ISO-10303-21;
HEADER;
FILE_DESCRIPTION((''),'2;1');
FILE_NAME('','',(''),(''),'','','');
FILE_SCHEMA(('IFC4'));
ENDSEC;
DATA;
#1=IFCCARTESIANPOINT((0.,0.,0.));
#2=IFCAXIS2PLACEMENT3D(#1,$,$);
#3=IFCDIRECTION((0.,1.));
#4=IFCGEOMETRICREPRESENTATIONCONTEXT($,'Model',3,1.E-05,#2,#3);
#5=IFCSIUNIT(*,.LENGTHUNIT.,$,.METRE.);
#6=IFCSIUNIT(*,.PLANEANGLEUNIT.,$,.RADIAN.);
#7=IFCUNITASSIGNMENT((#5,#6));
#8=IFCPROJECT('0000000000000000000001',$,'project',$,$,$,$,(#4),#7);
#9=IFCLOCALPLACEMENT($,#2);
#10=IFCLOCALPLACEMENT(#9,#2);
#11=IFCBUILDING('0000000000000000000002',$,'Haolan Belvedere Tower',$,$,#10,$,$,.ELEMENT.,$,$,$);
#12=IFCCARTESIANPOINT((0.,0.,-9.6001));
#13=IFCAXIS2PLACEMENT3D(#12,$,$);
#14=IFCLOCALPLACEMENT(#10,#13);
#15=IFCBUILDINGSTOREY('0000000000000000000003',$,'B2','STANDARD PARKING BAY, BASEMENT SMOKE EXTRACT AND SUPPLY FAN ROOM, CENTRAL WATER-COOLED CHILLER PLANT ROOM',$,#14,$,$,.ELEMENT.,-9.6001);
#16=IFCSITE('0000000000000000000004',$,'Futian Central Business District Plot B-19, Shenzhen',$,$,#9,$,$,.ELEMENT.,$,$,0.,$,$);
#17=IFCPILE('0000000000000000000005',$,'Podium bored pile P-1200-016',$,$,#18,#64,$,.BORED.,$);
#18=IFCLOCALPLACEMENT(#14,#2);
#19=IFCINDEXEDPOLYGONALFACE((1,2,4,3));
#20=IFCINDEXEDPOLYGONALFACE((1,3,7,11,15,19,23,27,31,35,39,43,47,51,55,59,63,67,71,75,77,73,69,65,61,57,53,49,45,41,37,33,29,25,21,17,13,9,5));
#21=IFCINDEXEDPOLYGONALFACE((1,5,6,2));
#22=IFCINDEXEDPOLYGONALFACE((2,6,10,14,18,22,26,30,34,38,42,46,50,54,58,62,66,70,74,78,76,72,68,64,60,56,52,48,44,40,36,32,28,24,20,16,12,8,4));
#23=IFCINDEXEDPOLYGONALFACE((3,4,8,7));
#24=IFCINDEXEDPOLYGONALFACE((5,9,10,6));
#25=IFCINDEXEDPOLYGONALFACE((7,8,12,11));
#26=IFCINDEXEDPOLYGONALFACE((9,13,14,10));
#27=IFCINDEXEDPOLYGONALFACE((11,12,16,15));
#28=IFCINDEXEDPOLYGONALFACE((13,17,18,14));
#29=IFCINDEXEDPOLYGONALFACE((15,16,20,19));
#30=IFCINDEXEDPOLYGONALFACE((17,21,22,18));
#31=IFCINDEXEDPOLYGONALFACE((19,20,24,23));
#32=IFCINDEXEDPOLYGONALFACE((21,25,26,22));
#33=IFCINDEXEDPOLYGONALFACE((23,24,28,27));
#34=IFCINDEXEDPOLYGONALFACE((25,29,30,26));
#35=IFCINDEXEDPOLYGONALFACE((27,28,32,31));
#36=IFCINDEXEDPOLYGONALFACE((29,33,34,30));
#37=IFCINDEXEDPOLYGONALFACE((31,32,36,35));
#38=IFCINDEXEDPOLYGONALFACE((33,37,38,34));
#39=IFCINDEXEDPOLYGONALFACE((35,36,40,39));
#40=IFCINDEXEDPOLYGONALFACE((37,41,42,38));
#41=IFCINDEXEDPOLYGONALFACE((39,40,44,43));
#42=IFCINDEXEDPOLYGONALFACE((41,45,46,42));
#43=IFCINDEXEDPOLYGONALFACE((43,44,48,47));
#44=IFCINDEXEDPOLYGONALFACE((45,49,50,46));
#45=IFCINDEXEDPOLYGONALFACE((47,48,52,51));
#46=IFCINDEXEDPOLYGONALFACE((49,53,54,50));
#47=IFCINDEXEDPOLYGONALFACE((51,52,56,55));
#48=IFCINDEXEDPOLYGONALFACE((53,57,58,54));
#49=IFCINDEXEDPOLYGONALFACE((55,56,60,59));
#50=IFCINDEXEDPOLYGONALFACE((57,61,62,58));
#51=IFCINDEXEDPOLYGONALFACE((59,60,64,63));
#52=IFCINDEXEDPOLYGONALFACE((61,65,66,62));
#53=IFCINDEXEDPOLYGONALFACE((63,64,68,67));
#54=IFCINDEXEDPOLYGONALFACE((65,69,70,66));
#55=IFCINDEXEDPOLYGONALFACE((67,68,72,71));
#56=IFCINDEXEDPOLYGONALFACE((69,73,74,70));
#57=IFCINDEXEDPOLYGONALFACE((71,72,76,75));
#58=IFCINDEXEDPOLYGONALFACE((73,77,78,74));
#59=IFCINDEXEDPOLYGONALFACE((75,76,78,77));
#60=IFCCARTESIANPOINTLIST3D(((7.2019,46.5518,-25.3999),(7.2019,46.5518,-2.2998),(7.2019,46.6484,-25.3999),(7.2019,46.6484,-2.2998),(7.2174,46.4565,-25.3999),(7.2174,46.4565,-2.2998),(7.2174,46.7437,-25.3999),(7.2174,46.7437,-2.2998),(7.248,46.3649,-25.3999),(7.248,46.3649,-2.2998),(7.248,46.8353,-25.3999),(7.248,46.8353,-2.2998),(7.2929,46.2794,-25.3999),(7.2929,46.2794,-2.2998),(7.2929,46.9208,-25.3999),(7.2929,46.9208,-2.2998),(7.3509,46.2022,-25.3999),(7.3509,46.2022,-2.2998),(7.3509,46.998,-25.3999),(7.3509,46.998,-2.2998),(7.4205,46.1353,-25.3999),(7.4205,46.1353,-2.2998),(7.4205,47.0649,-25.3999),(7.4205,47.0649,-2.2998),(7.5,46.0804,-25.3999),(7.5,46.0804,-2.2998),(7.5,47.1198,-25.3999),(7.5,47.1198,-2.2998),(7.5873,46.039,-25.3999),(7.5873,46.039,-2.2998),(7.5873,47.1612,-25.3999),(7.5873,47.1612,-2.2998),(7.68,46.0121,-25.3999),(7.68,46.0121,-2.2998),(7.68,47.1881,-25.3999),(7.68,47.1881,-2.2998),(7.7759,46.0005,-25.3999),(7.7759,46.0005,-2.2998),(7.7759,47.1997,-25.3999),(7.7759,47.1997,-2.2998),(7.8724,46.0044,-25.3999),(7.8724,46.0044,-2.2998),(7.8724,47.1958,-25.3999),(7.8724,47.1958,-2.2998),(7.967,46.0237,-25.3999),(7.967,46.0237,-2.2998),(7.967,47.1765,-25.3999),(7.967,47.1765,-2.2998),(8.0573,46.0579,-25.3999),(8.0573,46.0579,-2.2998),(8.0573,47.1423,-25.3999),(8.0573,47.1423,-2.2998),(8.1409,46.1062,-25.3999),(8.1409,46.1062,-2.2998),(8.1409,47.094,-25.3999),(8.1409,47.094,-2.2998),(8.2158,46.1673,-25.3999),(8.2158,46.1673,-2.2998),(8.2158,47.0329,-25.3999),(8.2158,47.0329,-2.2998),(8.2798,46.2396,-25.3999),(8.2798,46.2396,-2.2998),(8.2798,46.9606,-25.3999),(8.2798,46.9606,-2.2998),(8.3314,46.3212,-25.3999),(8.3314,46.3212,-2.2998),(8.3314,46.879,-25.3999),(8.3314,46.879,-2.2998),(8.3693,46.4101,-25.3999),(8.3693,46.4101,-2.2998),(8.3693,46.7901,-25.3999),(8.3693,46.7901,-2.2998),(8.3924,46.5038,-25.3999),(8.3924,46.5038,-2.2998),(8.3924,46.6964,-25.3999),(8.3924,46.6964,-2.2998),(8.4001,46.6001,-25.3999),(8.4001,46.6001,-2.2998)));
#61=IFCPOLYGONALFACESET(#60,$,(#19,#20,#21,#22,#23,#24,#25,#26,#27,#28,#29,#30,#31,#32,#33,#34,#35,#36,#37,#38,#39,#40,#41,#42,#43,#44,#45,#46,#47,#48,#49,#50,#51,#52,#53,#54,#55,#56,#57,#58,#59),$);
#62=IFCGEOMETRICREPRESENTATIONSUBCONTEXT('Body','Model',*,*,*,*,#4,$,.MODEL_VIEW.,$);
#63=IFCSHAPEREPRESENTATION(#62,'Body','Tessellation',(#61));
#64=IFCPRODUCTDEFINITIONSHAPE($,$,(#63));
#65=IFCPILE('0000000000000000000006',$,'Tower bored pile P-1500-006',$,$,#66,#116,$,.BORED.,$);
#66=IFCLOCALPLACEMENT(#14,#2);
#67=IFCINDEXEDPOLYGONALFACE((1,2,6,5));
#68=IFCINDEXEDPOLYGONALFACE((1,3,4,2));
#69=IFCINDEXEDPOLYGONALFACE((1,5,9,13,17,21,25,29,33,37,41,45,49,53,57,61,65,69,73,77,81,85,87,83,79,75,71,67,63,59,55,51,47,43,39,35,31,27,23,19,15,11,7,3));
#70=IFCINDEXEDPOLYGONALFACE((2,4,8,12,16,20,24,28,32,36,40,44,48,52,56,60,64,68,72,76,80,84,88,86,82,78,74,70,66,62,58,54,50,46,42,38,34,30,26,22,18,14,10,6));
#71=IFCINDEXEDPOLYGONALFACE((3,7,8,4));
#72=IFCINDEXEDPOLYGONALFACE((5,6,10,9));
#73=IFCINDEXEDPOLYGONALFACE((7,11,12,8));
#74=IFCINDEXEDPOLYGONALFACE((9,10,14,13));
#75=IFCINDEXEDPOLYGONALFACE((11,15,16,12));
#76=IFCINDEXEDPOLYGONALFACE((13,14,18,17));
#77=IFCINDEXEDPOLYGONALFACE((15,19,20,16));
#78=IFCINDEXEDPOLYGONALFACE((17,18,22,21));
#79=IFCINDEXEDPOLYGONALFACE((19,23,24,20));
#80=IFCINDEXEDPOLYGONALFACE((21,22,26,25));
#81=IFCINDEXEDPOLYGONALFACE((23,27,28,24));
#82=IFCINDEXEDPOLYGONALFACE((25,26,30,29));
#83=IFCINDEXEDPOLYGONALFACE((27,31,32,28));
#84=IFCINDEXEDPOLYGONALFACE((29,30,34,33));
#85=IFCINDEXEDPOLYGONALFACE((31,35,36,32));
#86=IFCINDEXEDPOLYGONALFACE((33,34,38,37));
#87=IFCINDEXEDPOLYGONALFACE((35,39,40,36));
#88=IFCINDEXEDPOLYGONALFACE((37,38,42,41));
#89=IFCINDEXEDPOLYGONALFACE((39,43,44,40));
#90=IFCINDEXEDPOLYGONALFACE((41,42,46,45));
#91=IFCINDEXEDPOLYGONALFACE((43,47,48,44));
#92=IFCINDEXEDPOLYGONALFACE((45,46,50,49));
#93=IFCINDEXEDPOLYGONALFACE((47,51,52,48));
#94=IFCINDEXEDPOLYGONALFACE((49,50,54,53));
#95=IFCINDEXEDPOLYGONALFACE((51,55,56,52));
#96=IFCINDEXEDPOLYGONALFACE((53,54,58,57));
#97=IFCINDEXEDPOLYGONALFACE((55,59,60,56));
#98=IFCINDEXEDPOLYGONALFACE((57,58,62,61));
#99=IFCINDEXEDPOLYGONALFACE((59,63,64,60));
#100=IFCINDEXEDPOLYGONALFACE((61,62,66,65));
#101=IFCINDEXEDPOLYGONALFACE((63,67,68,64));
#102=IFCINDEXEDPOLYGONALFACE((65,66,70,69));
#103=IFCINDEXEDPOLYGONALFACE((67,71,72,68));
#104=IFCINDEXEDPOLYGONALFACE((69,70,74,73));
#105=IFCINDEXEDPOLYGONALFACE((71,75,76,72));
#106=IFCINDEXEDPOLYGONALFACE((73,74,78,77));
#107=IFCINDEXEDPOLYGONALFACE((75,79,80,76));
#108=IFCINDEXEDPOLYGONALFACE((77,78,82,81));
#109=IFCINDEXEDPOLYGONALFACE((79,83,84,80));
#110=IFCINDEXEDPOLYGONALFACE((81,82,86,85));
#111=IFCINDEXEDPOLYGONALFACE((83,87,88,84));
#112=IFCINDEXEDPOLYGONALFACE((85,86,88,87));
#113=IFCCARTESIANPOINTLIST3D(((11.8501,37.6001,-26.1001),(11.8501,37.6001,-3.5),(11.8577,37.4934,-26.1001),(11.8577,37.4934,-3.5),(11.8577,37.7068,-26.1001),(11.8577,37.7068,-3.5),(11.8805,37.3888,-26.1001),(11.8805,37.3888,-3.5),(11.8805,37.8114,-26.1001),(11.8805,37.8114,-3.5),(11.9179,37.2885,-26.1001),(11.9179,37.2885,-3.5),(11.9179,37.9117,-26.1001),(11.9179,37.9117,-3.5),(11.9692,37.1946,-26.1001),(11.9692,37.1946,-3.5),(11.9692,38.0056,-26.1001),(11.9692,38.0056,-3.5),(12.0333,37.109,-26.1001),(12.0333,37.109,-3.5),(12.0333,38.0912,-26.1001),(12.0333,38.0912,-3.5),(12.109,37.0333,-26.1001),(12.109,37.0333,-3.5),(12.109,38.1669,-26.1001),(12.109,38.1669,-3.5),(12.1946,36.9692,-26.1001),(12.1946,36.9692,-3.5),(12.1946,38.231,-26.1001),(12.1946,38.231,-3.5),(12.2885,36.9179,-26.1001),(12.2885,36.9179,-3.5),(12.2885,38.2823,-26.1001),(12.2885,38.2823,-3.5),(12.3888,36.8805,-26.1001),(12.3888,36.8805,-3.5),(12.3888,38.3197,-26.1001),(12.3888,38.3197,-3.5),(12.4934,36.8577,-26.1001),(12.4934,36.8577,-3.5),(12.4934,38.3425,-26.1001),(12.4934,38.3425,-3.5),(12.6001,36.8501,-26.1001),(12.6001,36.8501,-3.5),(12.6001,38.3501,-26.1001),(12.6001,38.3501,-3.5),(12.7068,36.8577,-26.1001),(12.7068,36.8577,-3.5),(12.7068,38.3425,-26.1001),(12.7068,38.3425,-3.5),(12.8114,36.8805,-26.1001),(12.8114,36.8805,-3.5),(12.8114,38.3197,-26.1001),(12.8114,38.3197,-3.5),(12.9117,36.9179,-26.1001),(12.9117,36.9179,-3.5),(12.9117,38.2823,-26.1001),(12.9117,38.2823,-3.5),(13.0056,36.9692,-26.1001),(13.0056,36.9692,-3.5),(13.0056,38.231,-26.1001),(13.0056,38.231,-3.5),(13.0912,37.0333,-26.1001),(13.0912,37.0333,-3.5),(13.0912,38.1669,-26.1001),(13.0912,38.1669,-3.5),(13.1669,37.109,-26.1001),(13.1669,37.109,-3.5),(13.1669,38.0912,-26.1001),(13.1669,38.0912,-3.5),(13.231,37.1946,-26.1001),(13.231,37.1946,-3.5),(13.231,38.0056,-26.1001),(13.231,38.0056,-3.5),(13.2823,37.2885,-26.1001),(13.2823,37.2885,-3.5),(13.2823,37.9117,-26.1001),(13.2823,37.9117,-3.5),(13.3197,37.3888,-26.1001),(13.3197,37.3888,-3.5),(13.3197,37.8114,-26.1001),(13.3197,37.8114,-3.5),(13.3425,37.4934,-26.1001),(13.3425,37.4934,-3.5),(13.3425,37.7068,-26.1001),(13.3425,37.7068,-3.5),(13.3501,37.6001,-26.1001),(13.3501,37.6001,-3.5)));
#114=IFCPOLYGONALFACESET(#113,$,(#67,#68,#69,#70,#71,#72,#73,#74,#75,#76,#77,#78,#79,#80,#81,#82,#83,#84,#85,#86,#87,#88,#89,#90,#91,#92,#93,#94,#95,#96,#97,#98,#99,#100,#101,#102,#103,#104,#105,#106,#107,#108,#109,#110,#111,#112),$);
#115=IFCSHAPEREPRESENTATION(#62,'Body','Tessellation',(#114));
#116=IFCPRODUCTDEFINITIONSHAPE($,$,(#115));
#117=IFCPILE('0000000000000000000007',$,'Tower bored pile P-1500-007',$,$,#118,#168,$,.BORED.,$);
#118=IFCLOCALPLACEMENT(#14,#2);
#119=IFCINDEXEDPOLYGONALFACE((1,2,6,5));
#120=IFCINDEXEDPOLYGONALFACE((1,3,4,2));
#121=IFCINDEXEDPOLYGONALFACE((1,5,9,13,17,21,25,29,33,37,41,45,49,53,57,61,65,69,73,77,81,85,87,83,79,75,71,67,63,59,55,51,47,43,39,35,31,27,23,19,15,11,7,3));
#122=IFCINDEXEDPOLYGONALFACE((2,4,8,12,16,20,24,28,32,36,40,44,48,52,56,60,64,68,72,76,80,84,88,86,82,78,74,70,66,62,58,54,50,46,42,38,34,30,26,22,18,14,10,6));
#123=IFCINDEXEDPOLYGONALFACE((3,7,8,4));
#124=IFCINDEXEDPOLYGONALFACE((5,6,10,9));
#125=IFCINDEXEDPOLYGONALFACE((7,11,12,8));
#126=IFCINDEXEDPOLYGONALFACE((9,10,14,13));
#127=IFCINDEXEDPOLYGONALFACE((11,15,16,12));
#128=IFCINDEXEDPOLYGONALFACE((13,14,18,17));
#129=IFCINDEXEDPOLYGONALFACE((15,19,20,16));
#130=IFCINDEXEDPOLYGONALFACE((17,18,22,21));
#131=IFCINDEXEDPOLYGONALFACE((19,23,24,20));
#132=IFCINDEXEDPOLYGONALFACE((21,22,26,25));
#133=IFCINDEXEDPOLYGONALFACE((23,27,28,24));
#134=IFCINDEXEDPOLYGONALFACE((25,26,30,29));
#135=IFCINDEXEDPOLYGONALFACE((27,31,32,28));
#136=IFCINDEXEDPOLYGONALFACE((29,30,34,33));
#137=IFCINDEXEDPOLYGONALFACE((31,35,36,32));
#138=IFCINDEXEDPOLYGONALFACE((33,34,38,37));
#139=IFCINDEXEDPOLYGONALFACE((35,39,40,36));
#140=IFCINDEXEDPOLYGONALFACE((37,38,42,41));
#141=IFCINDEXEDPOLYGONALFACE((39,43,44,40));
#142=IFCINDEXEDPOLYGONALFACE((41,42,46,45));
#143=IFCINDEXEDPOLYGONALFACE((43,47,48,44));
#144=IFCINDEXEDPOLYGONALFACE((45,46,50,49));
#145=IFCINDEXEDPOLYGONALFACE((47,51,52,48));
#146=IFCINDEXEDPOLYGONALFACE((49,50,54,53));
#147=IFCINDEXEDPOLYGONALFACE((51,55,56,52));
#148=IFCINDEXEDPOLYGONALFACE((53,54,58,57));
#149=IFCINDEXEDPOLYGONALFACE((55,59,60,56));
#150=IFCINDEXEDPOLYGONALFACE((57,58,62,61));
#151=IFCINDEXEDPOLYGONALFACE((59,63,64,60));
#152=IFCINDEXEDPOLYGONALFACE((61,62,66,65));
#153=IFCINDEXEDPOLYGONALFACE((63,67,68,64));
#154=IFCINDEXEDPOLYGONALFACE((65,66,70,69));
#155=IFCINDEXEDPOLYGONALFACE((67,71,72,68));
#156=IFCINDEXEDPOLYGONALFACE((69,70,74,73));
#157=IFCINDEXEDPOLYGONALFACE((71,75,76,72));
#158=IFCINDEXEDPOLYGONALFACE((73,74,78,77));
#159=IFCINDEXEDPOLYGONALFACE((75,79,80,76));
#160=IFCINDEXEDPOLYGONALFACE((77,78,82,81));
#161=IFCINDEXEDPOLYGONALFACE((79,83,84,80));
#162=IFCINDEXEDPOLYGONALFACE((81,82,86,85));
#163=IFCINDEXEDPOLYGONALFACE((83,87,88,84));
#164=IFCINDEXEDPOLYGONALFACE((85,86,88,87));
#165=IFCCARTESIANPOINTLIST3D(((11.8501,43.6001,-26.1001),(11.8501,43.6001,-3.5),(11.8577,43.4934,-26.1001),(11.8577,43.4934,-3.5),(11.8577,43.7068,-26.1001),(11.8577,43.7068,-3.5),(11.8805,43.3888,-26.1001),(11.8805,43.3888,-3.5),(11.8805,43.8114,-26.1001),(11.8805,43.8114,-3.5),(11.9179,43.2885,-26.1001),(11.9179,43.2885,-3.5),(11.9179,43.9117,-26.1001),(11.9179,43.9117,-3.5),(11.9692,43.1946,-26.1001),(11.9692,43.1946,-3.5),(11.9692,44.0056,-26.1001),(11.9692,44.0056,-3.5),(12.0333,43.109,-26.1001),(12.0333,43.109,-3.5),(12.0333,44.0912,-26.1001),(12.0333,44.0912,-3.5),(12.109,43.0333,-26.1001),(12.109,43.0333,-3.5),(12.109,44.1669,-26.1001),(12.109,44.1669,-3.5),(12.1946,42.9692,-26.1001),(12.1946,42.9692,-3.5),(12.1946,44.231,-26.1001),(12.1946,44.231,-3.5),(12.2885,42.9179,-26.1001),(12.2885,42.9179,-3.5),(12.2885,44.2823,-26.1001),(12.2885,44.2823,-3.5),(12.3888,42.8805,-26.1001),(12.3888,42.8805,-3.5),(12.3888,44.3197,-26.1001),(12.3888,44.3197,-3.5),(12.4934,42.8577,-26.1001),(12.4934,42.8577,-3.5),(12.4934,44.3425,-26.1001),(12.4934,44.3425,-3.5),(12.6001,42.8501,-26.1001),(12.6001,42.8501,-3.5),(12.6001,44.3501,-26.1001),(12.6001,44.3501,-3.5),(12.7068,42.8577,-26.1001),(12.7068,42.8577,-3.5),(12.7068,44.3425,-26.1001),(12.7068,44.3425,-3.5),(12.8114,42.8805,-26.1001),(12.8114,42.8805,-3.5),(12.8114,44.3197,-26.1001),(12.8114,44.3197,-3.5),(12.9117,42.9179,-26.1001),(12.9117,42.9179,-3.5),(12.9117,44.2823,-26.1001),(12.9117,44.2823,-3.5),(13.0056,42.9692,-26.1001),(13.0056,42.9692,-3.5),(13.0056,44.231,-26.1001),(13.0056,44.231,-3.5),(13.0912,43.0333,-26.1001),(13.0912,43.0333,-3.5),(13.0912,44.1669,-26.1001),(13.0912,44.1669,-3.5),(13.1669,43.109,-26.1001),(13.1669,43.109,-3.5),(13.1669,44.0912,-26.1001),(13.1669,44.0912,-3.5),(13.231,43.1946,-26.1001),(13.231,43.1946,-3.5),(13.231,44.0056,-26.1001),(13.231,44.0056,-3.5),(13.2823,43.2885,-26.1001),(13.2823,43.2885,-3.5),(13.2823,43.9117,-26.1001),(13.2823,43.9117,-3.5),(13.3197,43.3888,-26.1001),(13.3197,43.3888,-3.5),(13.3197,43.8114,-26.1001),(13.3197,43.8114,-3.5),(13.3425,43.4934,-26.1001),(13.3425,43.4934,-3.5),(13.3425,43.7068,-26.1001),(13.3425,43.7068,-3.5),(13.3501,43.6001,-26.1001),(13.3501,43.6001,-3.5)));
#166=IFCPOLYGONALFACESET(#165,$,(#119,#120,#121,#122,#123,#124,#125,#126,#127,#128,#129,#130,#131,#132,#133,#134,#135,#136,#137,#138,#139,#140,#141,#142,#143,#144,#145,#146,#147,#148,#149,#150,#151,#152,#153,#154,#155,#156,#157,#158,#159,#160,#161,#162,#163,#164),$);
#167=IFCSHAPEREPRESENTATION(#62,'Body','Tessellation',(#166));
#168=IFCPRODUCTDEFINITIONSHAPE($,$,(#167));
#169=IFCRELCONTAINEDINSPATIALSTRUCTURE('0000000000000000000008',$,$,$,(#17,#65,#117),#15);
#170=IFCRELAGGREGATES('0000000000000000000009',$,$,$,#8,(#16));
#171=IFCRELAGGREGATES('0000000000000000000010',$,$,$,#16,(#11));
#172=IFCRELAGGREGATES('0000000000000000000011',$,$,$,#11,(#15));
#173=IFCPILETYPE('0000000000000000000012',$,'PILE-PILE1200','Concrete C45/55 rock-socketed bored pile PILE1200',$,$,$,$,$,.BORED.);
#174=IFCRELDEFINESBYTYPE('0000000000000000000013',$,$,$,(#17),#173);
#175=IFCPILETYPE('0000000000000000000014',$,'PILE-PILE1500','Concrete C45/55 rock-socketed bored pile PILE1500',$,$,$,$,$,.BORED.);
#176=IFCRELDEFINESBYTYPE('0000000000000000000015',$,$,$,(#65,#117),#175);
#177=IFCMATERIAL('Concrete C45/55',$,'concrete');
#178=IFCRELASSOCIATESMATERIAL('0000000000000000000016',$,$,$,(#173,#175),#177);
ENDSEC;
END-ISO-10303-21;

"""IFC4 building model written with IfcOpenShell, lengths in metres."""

from ifc_helpers import new_model, si_unit, direction, frame, origin, origin_2d, place, context, subcontext, project, spatial, circle, extrude, material, material_profile, profile_set, type_object, element, save


model = new_model("IFC4")

# Units and contexts
model_context = context("Model", 3, precision=1e-05, world=origin(), true_north=direction((0.0, 1.0)))
body_context = subcontext(model_context, "Body", "Model", "MODEL_VIEW")
ifc_project = project(units=[si_unit("LENGTHUNIT", "METRE"), si_unit("PLANEANGLEUNIT", "RADIAN")], contexts=[model_context])

# Site, building, storey
site_placement = place(None, origin())
site = spatial("IfcSite", under=ifc_project, at=site_placement, Name="Futian Central Business District Plot B-19, Shenzhen", CompositionType="ELEMENT", RefElevation=0.0)
building_placement = place(site_placement, origin())
building = spatial("IfcBuilding", under=site, at=building_placement, Name="Haolan Belvedere Tower", CompositionType="ELEMENT")
storey_placement = place(building_placement, frame((0.0, 0.0, -9.6001)))
storey = spatial("IfcBuildingStorey", under=building, at=storey_placement, Name="B2", Description="STANDARD PARKING BAY, BASEMENT SMOKE EXTRACT AND SUPPLY FAN ROOM, CENTRAL WATER-COOLED CHILLER PLANT ROOM", CompositionType="ELEMENT", Elevation=-9.6001)

# Piles
ifc_material_1 = material(Name="Concrete C45/55", Category="concrete")
ifc_material_profile_1 = material_profile(ifc_material_1, circle(Radius=0.6001, at=origin_2d()), Name="Concrete C45/55")
ifc_profile_set_1 = profile_set([ifc_material_profile_1], Name="Concrete C45/55")
pile_type_1 = type_object("IfcPileType", Name="PILE-PILE1200", Description="Concrete C45/55 rock-socketed bored pile PILE1200", PredefinedType="BORED", material=ifc_profile_set_1)
for number, where, z_axis, x_axis, name in (
    (1, (7.8, 46.6001, -2.2998), (0.0, 0.0, -1.0), (1.0, 0.0, 0.0), "Podium bored pile P-1200-016"),
):
    element("IfcPile", number, at=place(storey_placement, frame(where, z_axis=z_axis, x_axis=x_axis)), inside=storey, type_object=pile_type_1, Name=name, PredefinedType="BORED", context=body_context, shape_type="SweptSolid", body=[
        extrude(circle(Radius=0.6001, at=origin_2d()), origin(), (0.0, 0.0, 1.0), 23.1001),
    ])
ifc_material_profile_2 = material_profile(ifc_material_1, circle(Radius=0.75, at=origin_2d()), Name="Concrete C45/55")
ifc_profile_set_2 = profile_set([ifc_material_profile_2], Name="Concrete C45/55")
pile_type_2 = type_object("IfcPileType", Name="PILE-PILE1500", Description="Concrete C45/55 rock-socketed bored pile PILE1500", PredefinedType="BORED", material=ifc_profile_set_2)
for number, where, z_axis, x_axis, name in (
    (2, (12.6001, 37.6001, -3.5), (0.0, 0.0, -1.0), (1.0, 0.0, 0.0), "Tower bored pile P-1500-006"),
    (3, (12.6001, 43.6001, -3.5), (0.0, 0.0, -1.0), (1.0, 0.0, 0.0), "Tower bored pile P-1500-007"),
):
    element("IfcPile", number, at=place(storey_placement, frame(where, z_axis=z_axis, x_axis=x_axis)), inside=storey, type_object=pile_type_2, Name=name, PredefinedType="BORED", context=body_context, shape_type="SweptSolid", body=[
        extrude(circle(Radius=0.75, at=origin_2d()), origin(), (0.0, 0.0, 1.0), 22.6001),
    ])

save(model, "model.ifc")
